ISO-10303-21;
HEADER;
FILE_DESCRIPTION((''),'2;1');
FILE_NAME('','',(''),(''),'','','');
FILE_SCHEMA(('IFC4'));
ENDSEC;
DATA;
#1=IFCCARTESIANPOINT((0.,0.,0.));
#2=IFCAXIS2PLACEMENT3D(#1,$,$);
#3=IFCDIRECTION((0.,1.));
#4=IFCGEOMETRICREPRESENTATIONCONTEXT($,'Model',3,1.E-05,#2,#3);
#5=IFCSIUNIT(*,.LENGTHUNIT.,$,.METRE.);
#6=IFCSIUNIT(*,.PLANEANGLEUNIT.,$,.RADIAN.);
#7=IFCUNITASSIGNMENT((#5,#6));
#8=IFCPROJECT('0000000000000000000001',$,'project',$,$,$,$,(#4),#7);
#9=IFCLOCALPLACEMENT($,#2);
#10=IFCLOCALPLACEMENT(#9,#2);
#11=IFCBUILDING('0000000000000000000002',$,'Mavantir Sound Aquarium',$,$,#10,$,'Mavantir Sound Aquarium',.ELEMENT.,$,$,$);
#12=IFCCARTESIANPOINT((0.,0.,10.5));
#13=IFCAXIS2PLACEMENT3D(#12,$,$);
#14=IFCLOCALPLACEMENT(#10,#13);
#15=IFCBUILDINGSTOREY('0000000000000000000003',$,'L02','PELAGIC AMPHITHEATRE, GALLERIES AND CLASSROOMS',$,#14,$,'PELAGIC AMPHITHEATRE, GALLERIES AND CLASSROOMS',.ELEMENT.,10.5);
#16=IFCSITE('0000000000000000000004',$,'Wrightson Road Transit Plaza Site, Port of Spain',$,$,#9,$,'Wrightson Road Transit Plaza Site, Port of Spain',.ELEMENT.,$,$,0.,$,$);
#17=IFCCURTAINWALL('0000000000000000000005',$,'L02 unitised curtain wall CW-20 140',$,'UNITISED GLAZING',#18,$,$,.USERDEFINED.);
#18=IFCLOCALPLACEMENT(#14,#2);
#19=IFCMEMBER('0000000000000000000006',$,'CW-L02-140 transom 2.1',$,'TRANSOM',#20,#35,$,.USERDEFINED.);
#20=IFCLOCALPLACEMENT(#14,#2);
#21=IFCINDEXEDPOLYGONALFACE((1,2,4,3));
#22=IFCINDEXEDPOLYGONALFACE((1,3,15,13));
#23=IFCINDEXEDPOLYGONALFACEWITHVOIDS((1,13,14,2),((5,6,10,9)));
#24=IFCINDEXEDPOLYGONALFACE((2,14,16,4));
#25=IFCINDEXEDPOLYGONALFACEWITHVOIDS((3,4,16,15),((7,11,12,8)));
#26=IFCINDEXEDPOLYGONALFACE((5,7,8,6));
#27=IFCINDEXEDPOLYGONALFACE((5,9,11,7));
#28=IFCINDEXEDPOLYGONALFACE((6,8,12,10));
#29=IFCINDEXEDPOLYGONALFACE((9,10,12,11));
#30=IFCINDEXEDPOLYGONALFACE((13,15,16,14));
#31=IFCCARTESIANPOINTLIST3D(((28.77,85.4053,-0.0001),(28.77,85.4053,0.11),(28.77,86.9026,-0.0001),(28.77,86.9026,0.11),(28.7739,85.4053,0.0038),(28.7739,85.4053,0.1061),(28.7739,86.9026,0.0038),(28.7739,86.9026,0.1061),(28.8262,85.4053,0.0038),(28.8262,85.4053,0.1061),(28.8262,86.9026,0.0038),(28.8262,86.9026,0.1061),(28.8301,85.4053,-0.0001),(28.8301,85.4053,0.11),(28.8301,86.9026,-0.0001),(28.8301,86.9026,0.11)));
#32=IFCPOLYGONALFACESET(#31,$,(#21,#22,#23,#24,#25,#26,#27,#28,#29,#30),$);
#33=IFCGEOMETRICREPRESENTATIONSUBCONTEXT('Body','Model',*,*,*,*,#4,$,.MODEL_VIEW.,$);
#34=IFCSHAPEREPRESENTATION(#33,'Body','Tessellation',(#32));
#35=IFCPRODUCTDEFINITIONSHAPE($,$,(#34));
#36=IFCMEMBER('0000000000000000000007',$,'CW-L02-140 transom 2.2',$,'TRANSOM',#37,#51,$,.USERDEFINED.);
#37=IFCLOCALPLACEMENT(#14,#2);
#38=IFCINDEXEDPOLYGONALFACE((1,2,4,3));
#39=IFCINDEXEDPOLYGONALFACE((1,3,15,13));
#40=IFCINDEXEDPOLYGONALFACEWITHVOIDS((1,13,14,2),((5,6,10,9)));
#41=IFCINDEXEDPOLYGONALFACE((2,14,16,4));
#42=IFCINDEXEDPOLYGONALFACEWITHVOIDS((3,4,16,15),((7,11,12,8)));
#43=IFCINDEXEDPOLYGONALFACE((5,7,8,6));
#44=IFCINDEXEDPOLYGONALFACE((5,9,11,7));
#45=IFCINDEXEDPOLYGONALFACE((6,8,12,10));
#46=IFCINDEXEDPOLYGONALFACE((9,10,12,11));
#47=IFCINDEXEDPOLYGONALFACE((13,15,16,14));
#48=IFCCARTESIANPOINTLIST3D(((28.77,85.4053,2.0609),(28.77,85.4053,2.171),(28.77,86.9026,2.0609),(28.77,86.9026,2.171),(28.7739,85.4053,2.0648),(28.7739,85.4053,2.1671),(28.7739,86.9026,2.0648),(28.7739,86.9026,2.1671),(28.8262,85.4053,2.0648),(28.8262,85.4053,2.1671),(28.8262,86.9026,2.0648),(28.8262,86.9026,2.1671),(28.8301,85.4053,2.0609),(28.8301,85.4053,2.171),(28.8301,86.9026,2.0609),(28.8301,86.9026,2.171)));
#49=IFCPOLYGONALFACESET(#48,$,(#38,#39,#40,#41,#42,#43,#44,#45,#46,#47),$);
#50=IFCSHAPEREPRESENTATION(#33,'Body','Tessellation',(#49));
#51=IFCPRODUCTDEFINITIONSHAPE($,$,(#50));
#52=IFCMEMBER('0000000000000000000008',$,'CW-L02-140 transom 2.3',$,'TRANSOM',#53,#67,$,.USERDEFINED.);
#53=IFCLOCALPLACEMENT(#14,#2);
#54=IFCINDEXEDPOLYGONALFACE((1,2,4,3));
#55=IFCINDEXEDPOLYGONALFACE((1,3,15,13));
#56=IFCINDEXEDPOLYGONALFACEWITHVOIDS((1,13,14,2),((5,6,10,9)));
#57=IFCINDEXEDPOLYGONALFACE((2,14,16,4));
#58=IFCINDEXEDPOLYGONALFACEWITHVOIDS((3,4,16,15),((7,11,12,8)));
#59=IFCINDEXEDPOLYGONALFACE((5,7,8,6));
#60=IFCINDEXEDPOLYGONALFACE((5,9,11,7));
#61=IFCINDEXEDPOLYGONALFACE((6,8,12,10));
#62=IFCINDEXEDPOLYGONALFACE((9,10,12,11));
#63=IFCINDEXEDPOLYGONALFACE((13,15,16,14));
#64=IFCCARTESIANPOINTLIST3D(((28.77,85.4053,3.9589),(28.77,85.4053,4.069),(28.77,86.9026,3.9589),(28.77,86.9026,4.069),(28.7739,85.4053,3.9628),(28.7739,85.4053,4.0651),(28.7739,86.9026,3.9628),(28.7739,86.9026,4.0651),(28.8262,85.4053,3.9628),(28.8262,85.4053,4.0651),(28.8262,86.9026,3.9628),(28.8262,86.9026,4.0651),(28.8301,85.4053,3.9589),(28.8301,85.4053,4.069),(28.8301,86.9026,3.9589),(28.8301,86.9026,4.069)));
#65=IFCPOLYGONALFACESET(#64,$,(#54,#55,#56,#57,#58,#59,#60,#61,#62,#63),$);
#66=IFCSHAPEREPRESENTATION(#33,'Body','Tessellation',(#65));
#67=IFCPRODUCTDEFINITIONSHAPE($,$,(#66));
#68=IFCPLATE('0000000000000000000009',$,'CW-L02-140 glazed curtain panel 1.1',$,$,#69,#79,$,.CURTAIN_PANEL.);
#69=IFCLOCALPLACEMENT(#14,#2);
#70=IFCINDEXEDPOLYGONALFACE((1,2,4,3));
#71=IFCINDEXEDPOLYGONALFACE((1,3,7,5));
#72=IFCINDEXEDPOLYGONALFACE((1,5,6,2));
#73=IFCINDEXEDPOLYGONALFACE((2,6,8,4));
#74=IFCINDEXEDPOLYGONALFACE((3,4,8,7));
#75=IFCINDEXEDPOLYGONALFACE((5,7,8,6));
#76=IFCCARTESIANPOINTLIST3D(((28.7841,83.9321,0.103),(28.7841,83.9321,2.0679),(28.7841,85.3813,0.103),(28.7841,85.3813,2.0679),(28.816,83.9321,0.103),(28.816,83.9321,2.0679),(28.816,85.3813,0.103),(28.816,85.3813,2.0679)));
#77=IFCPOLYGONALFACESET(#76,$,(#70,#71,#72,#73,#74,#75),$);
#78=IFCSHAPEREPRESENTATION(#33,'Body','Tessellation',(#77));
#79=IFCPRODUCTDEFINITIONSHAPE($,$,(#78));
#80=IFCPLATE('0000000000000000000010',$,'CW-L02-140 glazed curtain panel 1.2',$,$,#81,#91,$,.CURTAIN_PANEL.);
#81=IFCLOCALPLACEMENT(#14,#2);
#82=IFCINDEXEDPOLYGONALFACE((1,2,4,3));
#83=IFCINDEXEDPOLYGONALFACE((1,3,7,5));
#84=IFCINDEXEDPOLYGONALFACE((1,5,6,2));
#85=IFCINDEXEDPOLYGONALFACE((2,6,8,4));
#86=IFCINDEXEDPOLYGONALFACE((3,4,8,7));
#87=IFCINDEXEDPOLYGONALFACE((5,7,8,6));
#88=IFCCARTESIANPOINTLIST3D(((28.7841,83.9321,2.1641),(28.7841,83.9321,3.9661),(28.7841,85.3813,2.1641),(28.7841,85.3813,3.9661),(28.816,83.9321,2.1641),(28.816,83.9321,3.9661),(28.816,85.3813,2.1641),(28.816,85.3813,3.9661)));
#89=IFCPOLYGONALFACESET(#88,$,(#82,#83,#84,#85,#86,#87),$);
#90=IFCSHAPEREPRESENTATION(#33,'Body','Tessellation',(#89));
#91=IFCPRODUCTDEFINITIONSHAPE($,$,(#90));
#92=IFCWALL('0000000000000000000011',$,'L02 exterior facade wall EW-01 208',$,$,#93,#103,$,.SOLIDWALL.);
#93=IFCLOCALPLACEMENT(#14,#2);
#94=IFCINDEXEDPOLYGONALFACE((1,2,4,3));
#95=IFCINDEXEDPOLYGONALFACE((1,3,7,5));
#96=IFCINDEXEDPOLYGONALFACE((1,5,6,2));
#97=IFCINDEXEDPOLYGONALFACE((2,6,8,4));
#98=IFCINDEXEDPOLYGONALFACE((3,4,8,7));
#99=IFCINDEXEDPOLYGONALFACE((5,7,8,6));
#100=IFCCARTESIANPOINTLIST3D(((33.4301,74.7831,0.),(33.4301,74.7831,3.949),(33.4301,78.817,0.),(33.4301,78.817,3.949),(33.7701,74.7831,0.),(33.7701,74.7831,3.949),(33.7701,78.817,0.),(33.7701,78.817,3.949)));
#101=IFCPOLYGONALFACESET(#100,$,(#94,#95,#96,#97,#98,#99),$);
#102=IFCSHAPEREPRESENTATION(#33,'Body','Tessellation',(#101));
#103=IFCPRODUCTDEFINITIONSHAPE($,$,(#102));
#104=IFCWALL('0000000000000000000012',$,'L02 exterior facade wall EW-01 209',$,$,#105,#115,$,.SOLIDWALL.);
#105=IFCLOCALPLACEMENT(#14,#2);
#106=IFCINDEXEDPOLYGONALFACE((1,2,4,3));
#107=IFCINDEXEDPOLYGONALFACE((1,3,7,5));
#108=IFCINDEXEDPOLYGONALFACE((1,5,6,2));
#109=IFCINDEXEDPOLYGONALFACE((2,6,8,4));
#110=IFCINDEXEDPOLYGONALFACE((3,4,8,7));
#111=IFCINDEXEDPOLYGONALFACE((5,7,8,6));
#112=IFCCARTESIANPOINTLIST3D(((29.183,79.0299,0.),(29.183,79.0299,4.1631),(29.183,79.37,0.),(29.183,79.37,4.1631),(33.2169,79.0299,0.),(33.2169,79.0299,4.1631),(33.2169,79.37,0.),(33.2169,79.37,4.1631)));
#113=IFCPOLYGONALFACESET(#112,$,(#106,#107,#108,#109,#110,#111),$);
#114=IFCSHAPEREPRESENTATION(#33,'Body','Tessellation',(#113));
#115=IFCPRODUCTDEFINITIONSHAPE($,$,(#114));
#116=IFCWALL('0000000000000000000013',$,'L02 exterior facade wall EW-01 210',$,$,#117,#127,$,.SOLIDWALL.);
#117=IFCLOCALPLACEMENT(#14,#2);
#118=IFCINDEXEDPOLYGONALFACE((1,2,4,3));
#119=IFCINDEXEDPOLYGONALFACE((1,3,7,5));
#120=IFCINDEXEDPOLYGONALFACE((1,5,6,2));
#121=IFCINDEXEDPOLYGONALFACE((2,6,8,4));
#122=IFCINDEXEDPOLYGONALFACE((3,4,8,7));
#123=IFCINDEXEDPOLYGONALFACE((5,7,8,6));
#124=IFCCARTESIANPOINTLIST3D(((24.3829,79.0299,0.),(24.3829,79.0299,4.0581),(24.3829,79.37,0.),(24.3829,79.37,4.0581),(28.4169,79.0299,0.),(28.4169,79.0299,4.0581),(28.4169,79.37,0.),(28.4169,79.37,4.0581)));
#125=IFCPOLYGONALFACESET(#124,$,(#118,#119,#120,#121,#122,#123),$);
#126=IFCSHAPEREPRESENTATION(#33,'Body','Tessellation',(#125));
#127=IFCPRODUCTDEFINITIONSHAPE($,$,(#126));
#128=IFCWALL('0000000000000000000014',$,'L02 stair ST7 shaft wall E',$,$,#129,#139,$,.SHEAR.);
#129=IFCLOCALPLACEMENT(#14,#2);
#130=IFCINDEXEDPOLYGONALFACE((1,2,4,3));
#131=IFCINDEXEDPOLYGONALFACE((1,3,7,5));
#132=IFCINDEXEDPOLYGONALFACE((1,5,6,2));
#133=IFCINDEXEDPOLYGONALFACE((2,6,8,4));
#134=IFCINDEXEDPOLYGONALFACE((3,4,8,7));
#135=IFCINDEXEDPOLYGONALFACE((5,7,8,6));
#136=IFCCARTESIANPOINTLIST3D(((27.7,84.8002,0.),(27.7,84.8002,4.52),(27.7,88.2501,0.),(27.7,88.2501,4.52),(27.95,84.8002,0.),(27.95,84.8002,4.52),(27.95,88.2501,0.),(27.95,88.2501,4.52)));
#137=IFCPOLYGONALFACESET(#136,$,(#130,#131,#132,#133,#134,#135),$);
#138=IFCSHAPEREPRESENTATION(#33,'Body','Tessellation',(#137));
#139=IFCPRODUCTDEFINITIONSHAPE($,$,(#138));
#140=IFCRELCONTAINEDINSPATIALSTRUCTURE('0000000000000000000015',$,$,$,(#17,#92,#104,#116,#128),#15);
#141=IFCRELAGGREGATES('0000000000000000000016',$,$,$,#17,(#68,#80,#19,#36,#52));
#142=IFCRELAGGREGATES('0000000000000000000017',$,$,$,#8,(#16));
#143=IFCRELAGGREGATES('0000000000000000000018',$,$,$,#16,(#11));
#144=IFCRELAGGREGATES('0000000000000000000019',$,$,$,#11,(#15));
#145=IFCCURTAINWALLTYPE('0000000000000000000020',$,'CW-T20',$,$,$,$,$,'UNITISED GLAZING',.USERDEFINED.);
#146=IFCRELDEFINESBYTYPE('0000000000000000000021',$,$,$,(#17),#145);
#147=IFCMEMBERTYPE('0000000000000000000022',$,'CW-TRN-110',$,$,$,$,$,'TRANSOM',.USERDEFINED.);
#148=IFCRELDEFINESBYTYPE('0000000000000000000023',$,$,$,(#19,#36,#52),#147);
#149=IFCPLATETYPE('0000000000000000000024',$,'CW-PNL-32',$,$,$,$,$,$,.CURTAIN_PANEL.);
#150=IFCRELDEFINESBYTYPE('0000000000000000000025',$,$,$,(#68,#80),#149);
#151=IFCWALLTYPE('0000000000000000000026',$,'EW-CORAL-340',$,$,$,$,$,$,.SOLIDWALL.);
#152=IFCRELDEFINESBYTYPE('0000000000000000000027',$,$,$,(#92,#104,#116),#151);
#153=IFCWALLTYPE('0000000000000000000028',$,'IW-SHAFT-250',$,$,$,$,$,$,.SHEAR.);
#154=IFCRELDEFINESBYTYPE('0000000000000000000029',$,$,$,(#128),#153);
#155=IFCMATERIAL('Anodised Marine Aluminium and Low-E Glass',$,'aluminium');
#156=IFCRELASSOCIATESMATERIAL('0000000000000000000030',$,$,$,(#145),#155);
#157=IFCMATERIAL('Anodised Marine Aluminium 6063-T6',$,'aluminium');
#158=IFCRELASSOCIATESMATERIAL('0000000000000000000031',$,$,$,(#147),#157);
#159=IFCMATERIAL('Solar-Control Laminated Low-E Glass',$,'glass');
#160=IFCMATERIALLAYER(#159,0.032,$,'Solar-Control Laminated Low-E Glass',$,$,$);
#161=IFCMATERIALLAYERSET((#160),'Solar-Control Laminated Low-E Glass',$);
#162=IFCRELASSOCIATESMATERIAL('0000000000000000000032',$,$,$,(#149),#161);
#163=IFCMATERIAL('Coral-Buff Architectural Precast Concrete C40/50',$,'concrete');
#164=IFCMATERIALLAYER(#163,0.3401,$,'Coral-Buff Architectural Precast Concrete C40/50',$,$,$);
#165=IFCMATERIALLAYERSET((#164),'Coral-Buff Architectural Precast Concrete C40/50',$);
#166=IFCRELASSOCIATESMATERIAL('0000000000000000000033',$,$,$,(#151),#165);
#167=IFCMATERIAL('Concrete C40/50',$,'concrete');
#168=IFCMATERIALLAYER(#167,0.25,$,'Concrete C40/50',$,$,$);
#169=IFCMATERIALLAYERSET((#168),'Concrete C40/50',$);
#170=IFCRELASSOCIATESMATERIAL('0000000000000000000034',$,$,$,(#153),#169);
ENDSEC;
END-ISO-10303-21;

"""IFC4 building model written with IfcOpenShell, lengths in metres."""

from ifc_helpers import new_model, si_unit, direction, frame, frame_2d, origin, origin_2d, place, context, subcontext, project, spatial, rectangle, hollow_rectangle, extrude, material, layer, layer_set, material_profile, profile_set, type_object, element, aggregate, save


model = new_model("IFC4")

# Units and contexts
model_context = context("Model", 3, precision=1e-05, world=origin(), true_north=direction((0.0, 1.0)))
body_context = subcontext(model_context, "Body", "Model", "MODEL_VIEW")
ifc_project = project(units=[si_unit("LENGTHUNIT", "METRE"), si_unit("PLANEANGLEUNIT", "RADIAN")], contexts=[model_context])

# Site, building, storey
site_placement = place(None, origin())
site = spatial("IfcSite", under=ifc_project, at=site_placement, Name="Wrightson Road Transit Plaza Site, Port of Spain", LongName="Wrightson Road Transit Plaza Site, Port of Spain", CompositionType="ELEMENT", RefElevation=0.0)
building_placement = place(site_placement, origin())
building = spatial("IfcBuilding", under=site, at=building_placement, Name="Mavantir Sound Aquarium", LongName="Mavantir Sound Aquarium", CompositionType="ELEMENT")
storey_placement = place(building_placement, frame((0.0, 0.0, 10.5)))
storey = spatial("IfcBuildingStorey", under=building, at=storey_placement, Name="L02", Description="PELAGIC AMPHITHEATRE, GALLERIES AND CLASSROOMS", LongName="PELAGIC AMPHITHEATRE, GALLERIES AND CLASSROOMS", CompositionType="ELEMENT", Elevation=10.5)

# Shared definitions
ifc_material_1 = material(Name="Concrete C40/50", Category="concrete")

# Curtain wall, members, plates
ifc_material_2 = material(Name="Anodised Marine Aluminium and Low-E Glass", Category="aluminium")
curtain_wall_type = type_object("IfcCurtainWallType", Name="CW-T20", ElementType="UNITISED GLAZING", PredefinedType="USERDEFINED", material=ifc_material_2)
curtain_wall_placement = place(storey_placement, origin())
curtain_wall = element("IfcCurtainWall", 1, at=curtain_wall_placement, inside=storey, type_object=curtain_wall_type, Name="L02 unitised curtain wall CW-20 140", ObjectType="UNITISED GLAZING", PredefinedType="USERDEFINED")
ifc_material_3 = material(Name="Anodised Marine Aluminium 6063-T6", Category="aluminium")
ifc_material_profile_1 = material_profile(ifc_material_3, hollow_rectangle(XDim=0.0601, YDim=0.1101, WallThickness=0.0039, at=origin_2d()), Name="ALU-TRANSOM-110X60")
ifc_profile_set_1 = profile_set([ifc_material_profile_1], Name="Anodised Marine Aluminium 6063-T6")
member_type_1 = type_object("IfcMemberType", Name="CW-TRN-110", ElementType="TRANSOM", PredefinedType="USERDEFINED", material=ifc_profile_set_1)
member_1_placement = place(storey_placement, frame((28.8, 85.4053, 0.0549), z_axis=(0.0, 1.0, 0.0), x_axis=(-1.0, 0.0, 0.0)))
member_1 = element("IfcMember", 2, at=member_1_placement, type_object=member_type_1, Name="CW-L02-140 transom 2.1", ObjectType="TRANSOM", PredefinedType="USERDEFINED", context=body_context, shape_type="SweptSolid", body=[
    extrude(hollow_rectangle(XDim=0.0601, YDim=0.1101, WallThickness=0.0039, at=origin_2d()), origin(), (0.0, 0.0, 1.0), 1.4973),
])
member_2_placement = place(storey_placement, frame((28.8, 85.4053, 2.116), z_axis=(0.0, 1.0, 0.0), x_axis=(-1.0, 0.0, 0.0)))
member_2 = element("IfcMember", 3, at=member_2_placement, type_object=member_type_1, Name="CW-L02-140 transom 2.2", ObjectType="TRANSOM", PredefinedType="USERDEFINED", context=body_context, shape_type="SweptSolid", body=[
    extrude(hollow_rectangle(XDim=0.0601, YDim=0.1101, WallThickness=0.0039, at=origin_2d()), origin(), (0.0, 0.0, 1.0), 1.4973),
])
member_3_placement = place(storey_placement, frame((28.8, 85.4053, 4.0139), z_axis=(0.0, 1.0, 0.0), x_axis=(-1.0, 0.0, 0.0)))
member_3 = element("IfcMember", 4, at=member_3_placement, type_object=member_type_1, Name="CW-L02-140 transom 2.3", ObjectType="TRANSOM", PredefinedType="USERDEFINED", context=body_context, shape_type="SweptSolid", body=[
    extrude(hollow_rectangle(XDim=0.0601, YDim=0.1101, WallThickness=0.0039, at=origin_2d()), origin(), (0.0, 0.0, 1.0), 1.4973),
])
ifc_material_4 = material(Name="Solar-Control Laminated Low-E Glass", Category="glass")
ifc_layer_1 = layer(ifc_material_4, 0.032, Name="Solar-Control Laminated Low-E Glass")
ifc_layer_set_1 = layer_set([ifc_layer_1], Name="Solar-Control Laminated Low-E Glass")
plate_type = type_object("IfcPlateType", Name="CW-PNL-32", PredefinedType="CURTAIN_PANEL", material=ifc_layer_set_1)
plate_1_placement = place(storey_placement, frame((28.8, 84.6567, 0.103), z_axis=(0.0, 0.0, 1.0), x_axis=(0.0, 1.0, 0.0)))
plate_1 = element("IfcPlate", 5, at=plate_1_placement, type_object=plate_type, Name="CW-L02-140 glazed curtain panel 1.1", PredefinedType="CURTAIN_PANEL", context=body_context, shape_type="SweptSolid", body=[
    extrude(rectangle(XDim=1.4492, YDim=0.032, at=origin_2d()), origin(), (0.0, 0.0, 1.0), 1.9648),
])
plate_2_placement = place(storey_placement, frame((28.8, 84.6567, 2.1641), z_axis=(0.0, 0.0, 1.0), x_axis=(0.0, 1.0, 0.0)))
plate_2 = element("IfcPlate", 6, at=plate_2_placement, type_object=plate_type, Name="CW-L02-140 glazed curtain panel 1.2", PredefinedType="CURTAIN_PANEL", context=body_context, shape_type="SweptSolid", body=[
    extrude(rectangle(XDim=1.4492, YDim=0.032, at=origin_2d()), origin(), (0.0, 0.0, 1.0), 1.802),
])
aggregate(curtain_wall, [plate_1, plate_2, member_1, member_2, member_3])

# Walls
ifc_material_5 = material(Name="Coral-Buff Architectural Precast Concrete C40/50", Category="concrete")
ifc_layer_2 = layer(ifc_material_5, 0.3401, Name="Coral-Buff Architectural Precast Concrete C40/50")
ifc_layer_set_2 = layer_set([ifc_layer_2], Name="Coral-Buff Architectural Precast Concrete C40/50")
wall_type_1 = type_object("IfcWallType", Name="EW-CORAL-340", PredefinedType="SOLIDWALL", material=ifc_layer_set_2)
wall_1_placement = place(storey_placement, frame((33.6001, 74.783, 0.0), z_axis=(0.0, 0.0, 1.0), x_axis=(0.0, 1.0, 0.0)))
element("IfcWall", 7, at=wall_1_placement, inside=storey, type_object=wall_type_1, Name="L02 exterior facade wall EW-01 208", PredefinedType="SOLIDWALL", context=body_context, shape_type="SweptSolid", body=[
    extrude(rectangle(XDim=4.0339, YDim=0.3401, at=frame_2d((2.0171, 0.0))), origin(), (0.0, 0.0, 1.0), 3.949),
])
wall_2_placement = place(storey_placement, frame((33.217, 79.2, 0.0), z_axis=(0.0, 0.0, 1.0), x_axis=(-1.0, 0.0, 0.0)))
element("IfcWall", 8, at=wall_2_placement, inside=storey, type_object=wall_type_1, Name="L02 exterior facade wall EW-01 209", PredefinedType="SOLIDWALL", context=body_context, shape_type="SweptSolid", body=[
    extrude(rectangle(XDim=4.0339, YDim=0.3401, at=frame_2d((2.0171, 0.0))), origin(), (0.0, 0.0, 1.0), 4.1631),
])
wall_3_placement = place(storey_placement, frame((28.417, 79.2, 0.0), z_axis=(0.0, 0.0, 1.0), x_axis=(-1.0, 0.0, 0.0)))
element("IfcWall", 9, at=wall_3_placement, inside=storey, type_object=wall_type_1, Name="L02 exterior facade wall EW-01 210", PredefinedType="SOLIDWALL", context=body_context, shape_type="SweptSolid", body=[
    extrude(rectangle(XDim=4.0339, YDim=0.3401, at=frame_2d((2.0171, 0.0))), origin(), (0.0, 0.0, 1.0), 4.0581),
])
ifc_layer_3 = layer(ifc_material_1, 0.25, Name="Concrete C40/50")
ifc_layer_set_3 = layer_set([ifc_layer_3], Name="Concrete C40/50")
wall_type_2 = type_object("IfcWallType", Name="IW-SHAFT-250", PredefinedType="SHEAR", material=ifc_layer_set_3)
wall_4_placement = place(storey_placement, frame((27.825, 84.8, 0.0), z_axis=(0.0, 0.0, 1.0), x_axis=(0.0, 1.0, 0.0)))
element("IfcWall", 10, at=wall_4_placement, inside=storey, type_object=wall_type_2, Name="L02 stair ST7 shaft wall E", PredefinedType="SHEAR", context=body_context, shape_type="SweptSolid", body=[
    extrude(rectangle(XDim=3.45, YDim=0.25, at=frame_2d((1.7251, 0.0))), origin(), (0.0, 0.0, 1.0), 4.52),
])

save(model, "model.ifc")
